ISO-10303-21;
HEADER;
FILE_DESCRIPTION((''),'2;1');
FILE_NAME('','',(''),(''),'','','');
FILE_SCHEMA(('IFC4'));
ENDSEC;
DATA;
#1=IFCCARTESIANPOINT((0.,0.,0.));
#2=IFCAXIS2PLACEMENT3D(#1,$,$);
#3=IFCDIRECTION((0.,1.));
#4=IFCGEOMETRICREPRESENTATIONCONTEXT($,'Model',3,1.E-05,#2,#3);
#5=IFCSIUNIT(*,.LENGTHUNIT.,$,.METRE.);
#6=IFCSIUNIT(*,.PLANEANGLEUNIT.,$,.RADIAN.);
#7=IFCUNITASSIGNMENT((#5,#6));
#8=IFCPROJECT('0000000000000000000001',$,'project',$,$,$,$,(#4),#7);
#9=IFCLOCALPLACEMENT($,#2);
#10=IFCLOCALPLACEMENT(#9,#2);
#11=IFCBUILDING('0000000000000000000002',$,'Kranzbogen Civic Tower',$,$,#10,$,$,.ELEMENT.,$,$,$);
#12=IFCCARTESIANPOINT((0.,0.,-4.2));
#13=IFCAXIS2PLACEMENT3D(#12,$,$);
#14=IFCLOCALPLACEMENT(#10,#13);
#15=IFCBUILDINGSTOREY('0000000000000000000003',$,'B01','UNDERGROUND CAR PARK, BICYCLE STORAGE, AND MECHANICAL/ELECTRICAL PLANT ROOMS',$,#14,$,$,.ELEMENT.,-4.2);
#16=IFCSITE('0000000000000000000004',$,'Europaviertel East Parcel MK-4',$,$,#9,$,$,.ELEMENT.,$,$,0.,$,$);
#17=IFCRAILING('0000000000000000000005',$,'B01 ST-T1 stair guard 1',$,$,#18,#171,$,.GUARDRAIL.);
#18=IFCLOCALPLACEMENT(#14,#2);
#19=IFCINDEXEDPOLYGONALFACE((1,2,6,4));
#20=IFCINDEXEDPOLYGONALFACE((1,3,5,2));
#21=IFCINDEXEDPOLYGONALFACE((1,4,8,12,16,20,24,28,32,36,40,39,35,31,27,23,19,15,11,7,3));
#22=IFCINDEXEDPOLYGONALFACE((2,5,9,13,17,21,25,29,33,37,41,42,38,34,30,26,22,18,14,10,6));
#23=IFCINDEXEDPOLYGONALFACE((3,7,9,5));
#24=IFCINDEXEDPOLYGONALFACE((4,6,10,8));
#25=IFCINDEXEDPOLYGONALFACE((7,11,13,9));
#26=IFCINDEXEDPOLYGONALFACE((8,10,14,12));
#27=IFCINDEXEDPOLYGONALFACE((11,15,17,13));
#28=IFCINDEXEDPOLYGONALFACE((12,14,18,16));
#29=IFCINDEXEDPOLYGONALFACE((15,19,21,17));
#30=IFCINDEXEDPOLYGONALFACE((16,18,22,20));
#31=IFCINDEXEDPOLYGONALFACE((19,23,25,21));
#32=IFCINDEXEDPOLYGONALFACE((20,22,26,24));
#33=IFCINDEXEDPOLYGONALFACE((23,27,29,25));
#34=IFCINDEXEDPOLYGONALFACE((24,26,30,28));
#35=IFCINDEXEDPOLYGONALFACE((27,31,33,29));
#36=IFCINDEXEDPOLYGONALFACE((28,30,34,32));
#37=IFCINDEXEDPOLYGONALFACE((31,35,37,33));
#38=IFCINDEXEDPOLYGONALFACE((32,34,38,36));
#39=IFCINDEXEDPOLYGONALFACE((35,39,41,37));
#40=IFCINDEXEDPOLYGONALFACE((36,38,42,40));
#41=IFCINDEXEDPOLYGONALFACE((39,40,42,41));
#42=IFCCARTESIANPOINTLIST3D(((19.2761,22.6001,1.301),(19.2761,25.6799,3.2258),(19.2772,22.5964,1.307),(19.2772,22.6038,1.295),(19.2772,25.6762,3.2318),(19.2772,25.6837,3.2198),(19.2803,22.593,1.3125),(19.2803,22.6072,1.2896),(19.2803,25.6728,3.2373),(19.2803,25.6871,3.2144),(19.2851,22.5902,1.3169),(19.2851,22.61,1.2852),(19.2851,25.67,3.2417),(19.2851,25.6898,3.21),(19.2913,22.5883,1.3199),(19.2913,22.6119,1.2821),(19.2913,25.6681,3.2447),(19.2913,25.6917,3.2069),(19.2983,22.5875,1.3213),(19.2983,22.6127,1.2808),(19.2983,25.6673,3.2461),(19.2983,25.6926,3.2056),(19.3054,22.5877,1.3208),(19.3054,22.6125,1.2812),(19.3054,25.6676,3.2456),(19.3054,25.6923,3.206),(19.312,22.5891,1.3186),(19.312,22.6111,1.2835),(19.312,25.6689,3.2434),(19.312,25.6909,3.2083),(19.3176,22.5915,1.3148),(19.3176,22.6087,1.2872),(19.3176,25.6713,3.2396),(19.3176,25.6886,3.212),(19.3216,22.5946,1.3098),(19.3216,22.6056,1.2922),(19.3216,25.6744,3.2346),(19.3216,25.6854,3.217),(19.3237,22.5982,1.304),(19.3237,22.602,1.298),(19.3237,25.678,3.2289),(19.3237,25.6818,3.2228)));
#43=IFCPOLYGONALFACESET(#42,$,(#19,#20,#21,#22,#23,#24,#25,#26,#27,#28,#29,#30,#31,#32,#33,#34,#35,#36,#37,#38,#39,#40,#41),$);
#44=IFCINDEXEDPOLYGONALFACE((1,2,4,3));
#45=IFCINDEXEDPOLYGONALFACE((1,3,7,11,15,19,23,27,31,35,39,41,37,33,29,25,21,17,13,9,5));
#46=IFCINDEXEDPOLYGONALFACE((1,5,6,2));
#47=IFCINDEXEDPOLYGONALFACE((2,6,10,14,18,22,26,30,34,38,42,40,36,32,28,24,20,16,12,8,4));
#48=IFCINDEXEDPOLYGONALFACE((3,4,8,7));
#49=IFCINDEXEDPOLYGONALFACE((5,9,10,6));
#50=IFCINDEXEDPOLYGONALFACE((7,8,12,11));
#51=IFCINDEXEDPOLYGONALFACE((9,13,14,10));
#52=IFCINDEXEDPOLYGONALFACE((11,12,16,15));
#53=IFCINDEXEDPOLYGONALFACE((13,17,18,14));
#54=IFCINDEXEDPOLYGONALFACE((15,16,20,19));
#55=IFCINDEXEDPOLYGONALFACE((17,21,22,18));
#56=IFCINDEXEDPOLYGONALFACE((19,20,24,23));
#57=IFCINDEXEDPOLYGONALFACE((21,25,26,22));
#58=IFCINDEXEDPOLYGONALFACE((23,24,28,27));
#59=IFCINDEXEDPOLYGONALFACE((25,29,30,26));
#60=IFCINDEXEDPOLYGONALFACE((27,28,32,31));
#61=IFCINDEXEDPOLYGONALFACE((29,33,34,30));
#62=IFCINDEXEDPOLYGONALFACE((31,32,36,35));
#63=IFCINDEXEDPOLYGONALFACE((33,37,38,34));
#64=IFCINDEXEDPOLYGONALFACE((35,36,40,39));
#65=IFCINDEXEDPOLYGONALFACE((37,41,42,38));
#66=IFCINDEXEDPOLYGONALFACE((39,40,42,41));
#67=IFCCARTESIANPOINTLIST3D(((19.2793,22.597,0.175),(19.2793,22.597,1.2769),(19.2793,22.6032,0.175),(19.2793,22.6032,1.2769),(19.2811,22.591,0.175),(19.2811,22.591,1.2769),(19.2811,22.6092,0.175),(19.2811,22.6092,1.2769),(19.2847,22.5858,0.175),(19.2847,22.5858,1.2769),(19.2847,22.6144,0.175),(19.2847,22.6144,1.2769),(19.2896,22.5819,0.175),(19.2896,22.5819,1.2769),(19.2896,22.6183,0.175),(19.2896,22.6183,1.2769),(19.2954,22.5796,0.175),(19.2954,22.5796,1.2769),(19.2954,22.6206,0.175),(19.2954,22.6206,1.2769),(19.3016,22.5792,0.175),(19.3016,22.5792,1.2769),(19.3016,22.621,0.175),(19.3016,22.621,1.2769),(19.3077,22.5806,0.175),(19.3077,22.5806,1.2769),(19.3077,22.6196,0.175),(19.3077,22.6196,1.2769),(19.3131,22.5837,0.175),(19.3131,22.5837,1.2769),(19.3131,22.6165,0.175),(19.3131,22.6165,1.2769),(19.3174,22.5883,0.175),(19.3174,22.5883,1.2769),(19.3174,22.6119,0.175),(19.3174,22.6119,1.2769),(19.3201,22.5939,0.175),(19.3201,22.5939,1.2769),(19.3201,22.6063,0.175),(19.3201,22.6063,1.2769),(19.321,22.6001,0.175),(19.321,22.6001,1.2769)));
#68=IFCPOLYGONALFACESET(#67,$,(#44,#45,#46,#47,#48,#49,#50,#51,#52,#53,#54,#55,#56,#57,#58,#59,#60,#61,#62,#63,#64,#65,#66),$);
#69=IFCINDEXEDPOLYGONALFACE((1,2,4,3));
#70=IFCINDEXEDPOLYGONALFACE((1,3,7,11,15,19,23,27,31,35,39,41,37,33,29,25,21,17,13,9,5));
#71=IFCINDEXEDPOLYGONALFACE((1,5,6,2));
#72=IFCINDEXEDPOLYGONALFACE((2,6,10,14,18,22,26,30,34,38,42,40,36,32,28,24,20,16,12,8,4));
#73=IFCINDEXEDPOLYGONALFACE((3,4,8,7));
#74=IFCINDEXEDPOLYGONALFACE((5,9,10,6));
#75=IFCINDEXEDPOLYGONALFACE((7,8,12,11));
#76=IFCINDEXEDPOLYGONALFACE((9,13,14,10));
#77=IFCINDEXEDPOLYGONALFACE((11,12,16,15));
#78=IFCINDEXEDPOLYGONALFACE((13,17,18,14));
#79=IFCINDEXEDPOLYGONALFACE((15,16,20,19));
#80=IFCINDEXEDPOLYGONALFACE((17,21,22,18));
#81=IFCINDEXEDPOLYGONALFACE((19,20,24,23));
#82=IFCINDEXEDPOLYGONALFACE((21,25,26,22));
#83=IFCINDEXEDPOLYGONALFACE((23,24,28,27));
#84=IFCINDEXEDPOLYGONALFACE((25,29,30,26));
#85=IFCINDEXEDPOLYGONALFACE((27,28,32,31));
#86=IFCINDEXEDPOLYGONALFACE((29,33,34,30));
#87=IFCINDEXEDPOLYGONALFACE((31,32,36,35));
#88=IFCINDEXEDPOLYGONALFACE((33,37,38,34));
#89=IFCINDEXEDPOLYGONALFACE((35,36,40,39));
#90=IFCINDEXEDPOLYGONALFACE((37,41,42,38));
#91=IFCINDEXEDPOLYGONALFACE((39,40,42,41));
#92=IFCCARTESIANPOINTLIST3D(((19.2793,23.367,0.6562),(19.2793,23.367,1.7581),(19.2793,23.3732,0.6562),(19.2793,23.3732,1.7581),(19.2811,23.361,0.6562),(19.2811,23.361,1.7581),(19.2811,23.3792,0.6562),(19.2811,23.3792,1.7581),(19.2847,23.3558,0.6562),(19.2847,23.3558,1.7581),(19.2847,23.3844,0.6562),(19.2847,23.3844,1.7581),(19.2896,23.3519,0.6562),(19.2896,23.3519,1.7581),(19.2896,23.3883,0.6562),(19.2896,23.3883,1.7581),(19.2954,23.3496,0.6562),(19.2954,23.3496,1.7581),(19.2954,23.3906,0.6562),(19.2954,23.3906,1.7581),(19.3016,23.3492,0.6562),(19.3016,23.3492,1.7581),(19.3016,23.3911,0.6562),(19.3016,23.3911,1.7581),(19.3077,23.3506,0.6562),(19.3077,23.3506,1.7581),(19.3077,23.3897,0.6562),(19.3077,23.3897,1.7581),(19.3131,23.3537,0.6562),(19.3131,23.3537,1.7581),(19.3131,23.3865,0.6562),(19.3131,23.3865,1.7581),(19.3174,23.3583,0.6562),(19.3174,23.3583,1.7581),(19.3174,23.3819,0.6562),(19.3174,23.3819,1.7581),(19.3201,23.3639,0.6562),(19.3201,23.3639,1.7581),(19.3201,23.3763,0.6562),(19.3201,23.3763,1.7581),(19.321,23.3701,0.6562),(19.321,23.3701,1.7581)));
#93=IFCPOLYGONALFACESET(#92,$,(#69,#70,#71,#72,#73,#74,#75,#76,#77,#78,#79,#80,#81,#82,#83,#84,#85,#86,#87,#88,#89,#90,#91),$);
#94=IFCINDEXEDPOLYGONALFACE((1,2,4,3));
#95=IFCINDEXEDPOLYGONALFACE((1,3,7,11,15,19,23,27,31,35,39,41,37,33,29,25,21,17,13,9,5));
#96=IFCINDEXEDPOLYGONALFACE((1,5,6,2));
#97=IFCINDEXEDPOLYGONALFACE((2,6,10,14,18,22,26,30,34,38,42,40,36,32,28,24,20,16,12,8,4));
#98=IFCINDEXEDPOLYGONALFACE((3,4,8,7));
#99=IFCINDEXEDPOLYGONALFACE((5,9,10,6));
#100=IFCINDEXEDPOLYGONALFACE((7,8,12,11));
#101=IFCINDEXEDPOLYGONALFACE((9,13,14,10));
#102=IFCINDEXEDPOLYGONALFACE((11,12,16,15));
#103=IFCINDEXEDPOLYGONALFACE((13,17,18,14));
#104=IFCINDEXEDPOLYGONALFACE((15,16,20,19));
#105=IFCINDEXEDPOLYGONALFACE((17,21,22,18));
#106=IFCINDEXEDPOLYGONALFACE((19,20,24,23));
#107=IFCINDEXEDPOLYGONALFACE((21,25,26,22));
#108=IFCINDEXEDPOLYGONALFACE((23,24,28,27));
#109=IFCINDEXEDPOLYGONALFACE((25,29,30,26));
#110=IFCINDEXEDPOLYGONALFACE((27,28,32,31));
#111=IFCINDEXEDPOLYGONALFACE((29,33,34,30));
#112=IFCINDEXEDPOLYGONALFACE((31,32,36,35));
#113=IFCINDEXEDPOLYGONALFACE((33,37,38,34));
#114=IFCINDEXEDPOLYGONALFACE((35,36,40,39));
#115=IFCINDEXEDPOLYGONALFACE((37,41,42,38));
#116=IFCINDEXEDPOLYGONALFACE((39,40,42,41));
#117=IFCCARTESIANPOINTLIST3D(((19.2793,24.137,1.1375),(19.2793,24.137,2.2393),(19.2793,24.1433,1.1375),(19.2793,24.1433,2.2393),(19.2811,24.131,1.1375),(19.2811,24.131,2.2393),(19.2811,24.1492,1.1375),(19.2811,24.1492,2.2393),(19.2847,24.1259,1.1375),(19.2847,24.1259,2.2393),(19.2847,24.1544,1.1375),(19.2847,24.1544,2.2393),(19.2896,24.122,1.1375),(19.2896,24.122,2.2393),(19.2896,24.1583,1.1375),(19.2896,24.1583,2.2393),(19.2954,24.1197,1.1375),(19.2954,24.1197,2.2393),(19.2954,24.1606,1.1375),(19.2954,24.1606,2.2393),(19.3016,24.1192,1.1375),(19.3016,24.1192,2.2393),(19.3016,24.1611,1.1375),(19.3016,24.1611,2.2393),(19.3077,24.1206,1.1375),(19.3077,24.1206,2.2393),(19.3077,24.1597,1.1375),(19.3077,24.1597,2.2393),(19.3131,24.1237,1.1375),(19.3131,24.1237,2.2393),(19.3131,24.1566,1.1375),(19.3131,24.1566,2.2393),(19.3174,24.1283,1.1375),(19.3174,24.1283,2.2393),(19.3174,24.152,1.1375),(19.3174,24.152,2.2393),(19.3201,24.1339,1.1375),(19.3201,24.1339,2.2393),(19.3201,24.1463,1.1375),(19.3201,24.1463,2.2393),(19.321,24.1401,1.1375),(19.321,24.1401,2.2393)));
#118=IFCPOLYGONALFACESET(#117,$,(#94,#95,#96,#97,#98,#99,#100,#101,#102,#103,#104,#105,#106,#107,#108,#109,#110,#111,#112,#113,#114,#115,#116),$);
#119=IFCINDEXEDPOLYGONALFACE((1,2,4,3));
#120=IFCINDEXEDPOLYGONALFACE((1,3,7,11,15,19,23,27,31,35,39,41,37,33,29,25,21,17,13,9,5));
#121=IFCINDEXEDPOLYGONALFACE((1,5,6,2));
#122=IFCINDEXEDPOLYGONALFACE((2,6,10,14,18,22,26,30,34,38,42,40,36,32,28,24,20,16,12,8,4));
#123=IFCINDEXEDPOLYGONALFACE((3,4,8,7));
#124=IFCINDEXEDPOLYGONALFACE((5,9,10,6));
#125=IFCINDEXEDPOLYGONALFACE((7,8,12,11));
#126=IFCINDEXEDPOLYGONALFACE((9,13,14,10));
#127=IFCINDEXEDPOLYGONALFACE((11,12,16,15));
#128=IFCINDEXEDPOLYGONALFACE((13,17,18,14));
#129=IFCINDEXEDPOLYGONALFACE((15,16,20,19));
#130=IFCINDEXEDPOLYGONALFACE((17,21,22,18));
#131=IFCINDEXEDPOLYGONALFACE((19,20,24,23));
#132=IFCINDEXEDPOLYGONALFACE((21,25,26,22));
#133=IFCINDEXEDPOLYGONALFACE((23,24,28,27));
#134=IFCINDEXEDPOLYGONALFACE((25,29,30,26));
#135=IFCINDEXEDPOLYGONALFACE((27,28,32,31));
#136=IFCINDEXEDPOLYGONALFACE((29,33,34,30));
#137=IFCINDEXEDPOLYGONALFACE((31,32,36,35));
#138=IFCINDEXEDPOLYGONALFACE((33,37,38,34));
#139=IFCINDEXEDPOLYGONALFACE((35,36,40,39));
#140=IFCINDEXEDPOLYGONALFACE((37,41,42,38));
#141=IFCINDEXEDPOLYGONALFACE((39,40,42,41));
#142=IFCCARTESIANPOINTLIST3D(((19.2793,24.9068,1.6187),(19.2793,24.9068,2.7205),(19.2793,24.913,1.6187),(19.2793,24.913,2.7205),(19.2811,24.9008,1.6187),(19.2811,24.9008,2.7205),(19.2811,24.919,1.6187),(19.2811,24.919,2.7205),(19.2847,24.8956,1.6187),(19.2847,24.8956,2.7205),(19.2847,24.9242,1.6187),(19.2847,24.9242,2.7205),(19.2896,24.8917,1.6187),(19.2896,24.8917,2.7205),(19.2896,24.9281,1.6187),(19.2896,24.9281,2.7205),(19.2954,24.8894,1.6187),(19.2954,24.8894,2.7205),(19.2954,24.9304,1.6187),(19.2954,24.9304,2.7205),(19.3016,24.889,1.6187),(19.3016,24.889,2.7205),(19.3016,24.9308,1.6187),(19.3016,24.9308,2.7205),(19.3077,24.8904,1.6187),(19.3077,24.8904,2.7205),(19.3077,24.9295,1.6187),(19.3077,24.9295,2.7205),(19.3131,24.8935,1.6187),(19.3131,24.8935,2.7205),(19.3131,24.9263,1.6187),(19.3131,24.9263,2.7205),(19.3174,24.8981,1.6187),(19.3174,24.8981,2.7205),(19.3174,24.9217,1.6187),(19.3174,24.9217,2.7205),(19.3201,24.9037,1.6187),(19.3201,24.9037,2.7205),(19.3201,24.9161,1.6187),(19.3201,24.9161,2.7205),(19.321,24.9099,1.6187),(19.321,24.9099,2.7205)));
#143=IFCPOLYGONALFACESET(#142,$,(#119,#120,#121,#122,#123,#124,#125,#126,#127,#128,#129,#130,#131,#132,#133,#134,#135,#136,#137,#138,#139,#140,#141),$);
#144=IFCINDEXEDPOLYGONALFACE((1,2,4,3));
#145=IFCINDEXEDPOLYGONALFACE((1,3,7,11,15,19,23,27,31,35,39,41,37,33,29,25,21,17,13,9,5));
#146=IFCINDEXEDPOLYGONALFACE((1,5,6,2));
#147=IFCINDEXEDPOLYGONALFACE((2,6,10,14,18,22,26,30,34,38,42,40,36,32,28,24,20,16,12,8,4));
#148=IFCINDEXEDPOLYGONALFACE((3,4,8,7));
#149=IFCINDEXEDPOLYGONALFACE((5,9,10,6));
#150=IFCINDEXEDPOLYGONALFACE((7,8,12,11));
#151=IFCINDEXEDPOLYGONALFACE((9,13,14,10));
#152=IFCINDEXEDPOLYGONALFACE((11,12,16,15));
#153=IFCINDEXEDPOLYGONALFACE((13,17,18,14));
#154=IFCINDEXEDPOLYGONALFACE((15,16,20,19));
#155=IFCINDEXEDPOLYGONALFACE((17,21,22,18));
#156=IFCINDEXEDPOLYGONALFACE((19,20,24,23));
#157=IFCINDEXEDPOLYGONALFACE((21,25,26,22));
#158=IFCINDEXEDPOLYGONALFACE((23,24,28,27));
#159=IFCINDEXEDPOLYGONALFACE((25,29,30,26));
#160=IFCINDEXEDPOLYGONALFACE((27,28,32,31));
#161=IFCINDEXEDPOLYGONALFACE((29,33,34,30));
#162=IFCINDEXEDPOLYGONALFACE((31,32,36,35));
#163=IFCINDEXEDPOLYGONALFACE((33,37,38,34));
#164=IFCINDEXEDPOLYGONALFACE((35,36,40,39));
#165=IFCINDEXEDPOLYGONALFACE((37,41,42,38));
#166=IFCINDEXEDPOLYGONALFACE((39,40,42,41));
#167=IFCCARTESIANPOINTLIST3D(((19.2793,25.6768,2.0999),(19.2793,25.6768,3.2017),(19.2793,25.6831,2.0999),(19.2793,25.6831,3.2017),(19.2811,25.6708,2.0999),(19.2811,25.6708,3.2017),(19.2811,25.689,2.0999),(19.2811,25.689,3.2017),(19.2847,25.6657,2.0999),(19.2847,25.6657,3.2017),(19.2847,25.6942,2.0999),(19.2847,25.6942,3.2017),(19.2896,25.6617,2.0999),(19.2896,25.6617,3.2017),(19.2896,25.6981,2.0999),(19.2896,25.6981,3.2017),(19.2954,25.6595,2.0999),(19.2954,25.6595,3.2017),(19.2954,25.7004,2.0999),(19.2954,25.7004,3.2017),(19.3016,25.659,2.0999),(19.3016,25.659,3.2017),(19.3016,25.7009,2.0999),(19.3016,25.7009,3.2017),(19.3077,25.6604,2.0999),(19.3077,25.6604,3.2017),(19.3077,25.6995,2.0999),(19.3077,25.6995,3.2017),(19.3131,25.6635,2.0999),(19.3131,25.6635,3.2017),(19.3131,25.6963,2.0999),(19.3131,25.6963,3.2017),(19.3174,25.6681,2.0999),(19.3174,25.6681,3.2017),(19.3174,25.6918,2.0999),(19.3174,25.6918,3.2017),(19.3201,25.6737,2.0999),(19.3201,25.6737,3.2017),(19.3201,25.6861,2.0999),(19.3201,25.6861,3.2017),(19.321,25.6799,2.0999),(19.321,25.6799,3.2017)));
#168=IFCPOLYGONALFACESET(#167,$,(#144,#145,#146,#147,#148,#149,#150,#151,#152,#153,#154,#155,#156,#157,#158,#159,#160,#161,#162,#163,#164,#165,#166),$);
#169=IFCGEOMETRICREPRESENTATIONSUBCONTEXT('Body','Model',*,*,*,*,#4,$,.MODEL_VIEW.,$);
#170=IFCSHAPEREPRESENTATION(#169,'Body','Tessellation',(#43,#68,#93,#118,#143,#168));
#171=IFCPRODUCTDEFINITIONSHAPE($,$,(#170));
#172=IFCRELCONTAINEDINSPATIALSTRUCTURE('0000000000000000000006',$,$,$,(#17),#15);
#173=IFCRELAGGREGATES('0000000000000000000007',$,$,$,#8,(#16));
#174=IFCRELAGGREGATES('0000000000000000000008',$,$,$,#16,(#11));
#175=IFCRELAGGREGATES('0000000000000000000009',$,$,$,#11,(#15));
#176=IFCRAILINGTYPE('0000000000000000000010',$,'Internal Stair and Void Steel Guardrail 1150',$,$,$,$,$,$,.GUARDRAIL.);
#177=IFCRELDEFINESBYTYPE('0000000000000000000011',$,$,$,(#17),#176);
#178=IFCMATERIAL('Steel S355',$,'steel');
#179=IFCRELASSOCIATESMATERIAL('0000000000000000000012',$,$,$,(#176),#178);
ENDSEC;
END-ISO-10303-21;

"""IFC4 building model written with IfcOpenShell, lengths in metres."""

from ifc_helpers import new_model, si_unit, direction, frame, origin, origin_2d, place, context, subcontext, project, spatial, circle, extrude, material, type_object, element, save


model = new_model("IFC4")

# Units and contexts
model_context = context("Model", 3, precision=1e-05, world=origin(), true_north=direction((0.0, 1.0)))
body_context = subcontext(model_context, "Body", "Model", "MODEL_VIEW")
ifc_project = project(units=[si_unit("LENGTHUNIT", "METRE"), si_unit("PLANEANGLEUNIT", "RADIAN")], contexts=[model_context])

# Site, building, storey
site_placement = place(None, origin())
site = spatial("IfcSite", under=ifc_project, at=site_placement, Name="Europaviertel East Parcel MK-4", CompositionType="ELEMENT", RefElevation=0.0)
building_placement = place(site_placement, origin())
building = spatial("IfcBuilding", under=site, at=building_placement, Name="Kranzbogen Civic Tower", CompositionType="ELEMENT")
storey_placement = place(building_placement, frame((0.0, 0.0, -4.2)))
storey = spatial("IfcBuildingStorey", under=building, at=storey_placement, Name="B01", Description="UNDERGROUND CAR PARK, BICYCLE STORAGE, AND MECHANICAL/ELECTRICAL PLANT ROOMS", CompositionType="ELEMENT", Elevation=-4.2)

# Shared definitions
ifc_material_1 = material(Name="Steel S355", Category="steel")

# Railing
railing_type_1 = type_object("IfcRailingType", Name="Internal Stair and Void Steel Guardrail 1150", PredefinedType="GUARDRAIL", material=ifc_material_1)
railing_1_placement = place(storey_placement, frame((19.3, 22.6001, 0.175)))
element("IfcRailing", 1, at=railing_1_placement, inside=storey, type_object=railing_type_1, Name="B01 ST-T1 stair guard 1", PredefinedType="GUARDRAIL", context=body_context, shape_type="SweptSolid", body=[
    extrude(circle(Radius=0.0239, at=origin_2d()), frame((0.0, 0.0, 1.126), z_axis=(0.0, 0.84801, 0.529981), x_axis=(-1.0, 0.0, 0.0)), (0.0, 0.0, 1.0), 3.6318),
    extrude(circle(Radius=0.021, at=origin_2d()), origin(), (0.0, 0.0, 1.0), 1.1018),
    extrude(circle(Radius=0.021, at=origin_2d()), frame((0.0, 0.77, 0.4812)), (0.0, 0.0, 1.0), 1.1018),
    extrude(circle(Radius=0.021, at=origin_2d()), frame((0.0, 1.54, 0.9624)), (0.0, 0.0, 1.0), 1.1018),
    extrude(circle(Radius=0.021, at=origin_2d()), frame((0.0, 2.3098, 1.4436)), (0.0, 0.0, 1.0), 1.1018),
    extrude(circle(Radius=0.021, at=origin_2d()), frame((0.0, 3.0798, 1.9248)), (0.0, 0.0, 1.0), 1.1018),
])

save(model, "model.ifc")
